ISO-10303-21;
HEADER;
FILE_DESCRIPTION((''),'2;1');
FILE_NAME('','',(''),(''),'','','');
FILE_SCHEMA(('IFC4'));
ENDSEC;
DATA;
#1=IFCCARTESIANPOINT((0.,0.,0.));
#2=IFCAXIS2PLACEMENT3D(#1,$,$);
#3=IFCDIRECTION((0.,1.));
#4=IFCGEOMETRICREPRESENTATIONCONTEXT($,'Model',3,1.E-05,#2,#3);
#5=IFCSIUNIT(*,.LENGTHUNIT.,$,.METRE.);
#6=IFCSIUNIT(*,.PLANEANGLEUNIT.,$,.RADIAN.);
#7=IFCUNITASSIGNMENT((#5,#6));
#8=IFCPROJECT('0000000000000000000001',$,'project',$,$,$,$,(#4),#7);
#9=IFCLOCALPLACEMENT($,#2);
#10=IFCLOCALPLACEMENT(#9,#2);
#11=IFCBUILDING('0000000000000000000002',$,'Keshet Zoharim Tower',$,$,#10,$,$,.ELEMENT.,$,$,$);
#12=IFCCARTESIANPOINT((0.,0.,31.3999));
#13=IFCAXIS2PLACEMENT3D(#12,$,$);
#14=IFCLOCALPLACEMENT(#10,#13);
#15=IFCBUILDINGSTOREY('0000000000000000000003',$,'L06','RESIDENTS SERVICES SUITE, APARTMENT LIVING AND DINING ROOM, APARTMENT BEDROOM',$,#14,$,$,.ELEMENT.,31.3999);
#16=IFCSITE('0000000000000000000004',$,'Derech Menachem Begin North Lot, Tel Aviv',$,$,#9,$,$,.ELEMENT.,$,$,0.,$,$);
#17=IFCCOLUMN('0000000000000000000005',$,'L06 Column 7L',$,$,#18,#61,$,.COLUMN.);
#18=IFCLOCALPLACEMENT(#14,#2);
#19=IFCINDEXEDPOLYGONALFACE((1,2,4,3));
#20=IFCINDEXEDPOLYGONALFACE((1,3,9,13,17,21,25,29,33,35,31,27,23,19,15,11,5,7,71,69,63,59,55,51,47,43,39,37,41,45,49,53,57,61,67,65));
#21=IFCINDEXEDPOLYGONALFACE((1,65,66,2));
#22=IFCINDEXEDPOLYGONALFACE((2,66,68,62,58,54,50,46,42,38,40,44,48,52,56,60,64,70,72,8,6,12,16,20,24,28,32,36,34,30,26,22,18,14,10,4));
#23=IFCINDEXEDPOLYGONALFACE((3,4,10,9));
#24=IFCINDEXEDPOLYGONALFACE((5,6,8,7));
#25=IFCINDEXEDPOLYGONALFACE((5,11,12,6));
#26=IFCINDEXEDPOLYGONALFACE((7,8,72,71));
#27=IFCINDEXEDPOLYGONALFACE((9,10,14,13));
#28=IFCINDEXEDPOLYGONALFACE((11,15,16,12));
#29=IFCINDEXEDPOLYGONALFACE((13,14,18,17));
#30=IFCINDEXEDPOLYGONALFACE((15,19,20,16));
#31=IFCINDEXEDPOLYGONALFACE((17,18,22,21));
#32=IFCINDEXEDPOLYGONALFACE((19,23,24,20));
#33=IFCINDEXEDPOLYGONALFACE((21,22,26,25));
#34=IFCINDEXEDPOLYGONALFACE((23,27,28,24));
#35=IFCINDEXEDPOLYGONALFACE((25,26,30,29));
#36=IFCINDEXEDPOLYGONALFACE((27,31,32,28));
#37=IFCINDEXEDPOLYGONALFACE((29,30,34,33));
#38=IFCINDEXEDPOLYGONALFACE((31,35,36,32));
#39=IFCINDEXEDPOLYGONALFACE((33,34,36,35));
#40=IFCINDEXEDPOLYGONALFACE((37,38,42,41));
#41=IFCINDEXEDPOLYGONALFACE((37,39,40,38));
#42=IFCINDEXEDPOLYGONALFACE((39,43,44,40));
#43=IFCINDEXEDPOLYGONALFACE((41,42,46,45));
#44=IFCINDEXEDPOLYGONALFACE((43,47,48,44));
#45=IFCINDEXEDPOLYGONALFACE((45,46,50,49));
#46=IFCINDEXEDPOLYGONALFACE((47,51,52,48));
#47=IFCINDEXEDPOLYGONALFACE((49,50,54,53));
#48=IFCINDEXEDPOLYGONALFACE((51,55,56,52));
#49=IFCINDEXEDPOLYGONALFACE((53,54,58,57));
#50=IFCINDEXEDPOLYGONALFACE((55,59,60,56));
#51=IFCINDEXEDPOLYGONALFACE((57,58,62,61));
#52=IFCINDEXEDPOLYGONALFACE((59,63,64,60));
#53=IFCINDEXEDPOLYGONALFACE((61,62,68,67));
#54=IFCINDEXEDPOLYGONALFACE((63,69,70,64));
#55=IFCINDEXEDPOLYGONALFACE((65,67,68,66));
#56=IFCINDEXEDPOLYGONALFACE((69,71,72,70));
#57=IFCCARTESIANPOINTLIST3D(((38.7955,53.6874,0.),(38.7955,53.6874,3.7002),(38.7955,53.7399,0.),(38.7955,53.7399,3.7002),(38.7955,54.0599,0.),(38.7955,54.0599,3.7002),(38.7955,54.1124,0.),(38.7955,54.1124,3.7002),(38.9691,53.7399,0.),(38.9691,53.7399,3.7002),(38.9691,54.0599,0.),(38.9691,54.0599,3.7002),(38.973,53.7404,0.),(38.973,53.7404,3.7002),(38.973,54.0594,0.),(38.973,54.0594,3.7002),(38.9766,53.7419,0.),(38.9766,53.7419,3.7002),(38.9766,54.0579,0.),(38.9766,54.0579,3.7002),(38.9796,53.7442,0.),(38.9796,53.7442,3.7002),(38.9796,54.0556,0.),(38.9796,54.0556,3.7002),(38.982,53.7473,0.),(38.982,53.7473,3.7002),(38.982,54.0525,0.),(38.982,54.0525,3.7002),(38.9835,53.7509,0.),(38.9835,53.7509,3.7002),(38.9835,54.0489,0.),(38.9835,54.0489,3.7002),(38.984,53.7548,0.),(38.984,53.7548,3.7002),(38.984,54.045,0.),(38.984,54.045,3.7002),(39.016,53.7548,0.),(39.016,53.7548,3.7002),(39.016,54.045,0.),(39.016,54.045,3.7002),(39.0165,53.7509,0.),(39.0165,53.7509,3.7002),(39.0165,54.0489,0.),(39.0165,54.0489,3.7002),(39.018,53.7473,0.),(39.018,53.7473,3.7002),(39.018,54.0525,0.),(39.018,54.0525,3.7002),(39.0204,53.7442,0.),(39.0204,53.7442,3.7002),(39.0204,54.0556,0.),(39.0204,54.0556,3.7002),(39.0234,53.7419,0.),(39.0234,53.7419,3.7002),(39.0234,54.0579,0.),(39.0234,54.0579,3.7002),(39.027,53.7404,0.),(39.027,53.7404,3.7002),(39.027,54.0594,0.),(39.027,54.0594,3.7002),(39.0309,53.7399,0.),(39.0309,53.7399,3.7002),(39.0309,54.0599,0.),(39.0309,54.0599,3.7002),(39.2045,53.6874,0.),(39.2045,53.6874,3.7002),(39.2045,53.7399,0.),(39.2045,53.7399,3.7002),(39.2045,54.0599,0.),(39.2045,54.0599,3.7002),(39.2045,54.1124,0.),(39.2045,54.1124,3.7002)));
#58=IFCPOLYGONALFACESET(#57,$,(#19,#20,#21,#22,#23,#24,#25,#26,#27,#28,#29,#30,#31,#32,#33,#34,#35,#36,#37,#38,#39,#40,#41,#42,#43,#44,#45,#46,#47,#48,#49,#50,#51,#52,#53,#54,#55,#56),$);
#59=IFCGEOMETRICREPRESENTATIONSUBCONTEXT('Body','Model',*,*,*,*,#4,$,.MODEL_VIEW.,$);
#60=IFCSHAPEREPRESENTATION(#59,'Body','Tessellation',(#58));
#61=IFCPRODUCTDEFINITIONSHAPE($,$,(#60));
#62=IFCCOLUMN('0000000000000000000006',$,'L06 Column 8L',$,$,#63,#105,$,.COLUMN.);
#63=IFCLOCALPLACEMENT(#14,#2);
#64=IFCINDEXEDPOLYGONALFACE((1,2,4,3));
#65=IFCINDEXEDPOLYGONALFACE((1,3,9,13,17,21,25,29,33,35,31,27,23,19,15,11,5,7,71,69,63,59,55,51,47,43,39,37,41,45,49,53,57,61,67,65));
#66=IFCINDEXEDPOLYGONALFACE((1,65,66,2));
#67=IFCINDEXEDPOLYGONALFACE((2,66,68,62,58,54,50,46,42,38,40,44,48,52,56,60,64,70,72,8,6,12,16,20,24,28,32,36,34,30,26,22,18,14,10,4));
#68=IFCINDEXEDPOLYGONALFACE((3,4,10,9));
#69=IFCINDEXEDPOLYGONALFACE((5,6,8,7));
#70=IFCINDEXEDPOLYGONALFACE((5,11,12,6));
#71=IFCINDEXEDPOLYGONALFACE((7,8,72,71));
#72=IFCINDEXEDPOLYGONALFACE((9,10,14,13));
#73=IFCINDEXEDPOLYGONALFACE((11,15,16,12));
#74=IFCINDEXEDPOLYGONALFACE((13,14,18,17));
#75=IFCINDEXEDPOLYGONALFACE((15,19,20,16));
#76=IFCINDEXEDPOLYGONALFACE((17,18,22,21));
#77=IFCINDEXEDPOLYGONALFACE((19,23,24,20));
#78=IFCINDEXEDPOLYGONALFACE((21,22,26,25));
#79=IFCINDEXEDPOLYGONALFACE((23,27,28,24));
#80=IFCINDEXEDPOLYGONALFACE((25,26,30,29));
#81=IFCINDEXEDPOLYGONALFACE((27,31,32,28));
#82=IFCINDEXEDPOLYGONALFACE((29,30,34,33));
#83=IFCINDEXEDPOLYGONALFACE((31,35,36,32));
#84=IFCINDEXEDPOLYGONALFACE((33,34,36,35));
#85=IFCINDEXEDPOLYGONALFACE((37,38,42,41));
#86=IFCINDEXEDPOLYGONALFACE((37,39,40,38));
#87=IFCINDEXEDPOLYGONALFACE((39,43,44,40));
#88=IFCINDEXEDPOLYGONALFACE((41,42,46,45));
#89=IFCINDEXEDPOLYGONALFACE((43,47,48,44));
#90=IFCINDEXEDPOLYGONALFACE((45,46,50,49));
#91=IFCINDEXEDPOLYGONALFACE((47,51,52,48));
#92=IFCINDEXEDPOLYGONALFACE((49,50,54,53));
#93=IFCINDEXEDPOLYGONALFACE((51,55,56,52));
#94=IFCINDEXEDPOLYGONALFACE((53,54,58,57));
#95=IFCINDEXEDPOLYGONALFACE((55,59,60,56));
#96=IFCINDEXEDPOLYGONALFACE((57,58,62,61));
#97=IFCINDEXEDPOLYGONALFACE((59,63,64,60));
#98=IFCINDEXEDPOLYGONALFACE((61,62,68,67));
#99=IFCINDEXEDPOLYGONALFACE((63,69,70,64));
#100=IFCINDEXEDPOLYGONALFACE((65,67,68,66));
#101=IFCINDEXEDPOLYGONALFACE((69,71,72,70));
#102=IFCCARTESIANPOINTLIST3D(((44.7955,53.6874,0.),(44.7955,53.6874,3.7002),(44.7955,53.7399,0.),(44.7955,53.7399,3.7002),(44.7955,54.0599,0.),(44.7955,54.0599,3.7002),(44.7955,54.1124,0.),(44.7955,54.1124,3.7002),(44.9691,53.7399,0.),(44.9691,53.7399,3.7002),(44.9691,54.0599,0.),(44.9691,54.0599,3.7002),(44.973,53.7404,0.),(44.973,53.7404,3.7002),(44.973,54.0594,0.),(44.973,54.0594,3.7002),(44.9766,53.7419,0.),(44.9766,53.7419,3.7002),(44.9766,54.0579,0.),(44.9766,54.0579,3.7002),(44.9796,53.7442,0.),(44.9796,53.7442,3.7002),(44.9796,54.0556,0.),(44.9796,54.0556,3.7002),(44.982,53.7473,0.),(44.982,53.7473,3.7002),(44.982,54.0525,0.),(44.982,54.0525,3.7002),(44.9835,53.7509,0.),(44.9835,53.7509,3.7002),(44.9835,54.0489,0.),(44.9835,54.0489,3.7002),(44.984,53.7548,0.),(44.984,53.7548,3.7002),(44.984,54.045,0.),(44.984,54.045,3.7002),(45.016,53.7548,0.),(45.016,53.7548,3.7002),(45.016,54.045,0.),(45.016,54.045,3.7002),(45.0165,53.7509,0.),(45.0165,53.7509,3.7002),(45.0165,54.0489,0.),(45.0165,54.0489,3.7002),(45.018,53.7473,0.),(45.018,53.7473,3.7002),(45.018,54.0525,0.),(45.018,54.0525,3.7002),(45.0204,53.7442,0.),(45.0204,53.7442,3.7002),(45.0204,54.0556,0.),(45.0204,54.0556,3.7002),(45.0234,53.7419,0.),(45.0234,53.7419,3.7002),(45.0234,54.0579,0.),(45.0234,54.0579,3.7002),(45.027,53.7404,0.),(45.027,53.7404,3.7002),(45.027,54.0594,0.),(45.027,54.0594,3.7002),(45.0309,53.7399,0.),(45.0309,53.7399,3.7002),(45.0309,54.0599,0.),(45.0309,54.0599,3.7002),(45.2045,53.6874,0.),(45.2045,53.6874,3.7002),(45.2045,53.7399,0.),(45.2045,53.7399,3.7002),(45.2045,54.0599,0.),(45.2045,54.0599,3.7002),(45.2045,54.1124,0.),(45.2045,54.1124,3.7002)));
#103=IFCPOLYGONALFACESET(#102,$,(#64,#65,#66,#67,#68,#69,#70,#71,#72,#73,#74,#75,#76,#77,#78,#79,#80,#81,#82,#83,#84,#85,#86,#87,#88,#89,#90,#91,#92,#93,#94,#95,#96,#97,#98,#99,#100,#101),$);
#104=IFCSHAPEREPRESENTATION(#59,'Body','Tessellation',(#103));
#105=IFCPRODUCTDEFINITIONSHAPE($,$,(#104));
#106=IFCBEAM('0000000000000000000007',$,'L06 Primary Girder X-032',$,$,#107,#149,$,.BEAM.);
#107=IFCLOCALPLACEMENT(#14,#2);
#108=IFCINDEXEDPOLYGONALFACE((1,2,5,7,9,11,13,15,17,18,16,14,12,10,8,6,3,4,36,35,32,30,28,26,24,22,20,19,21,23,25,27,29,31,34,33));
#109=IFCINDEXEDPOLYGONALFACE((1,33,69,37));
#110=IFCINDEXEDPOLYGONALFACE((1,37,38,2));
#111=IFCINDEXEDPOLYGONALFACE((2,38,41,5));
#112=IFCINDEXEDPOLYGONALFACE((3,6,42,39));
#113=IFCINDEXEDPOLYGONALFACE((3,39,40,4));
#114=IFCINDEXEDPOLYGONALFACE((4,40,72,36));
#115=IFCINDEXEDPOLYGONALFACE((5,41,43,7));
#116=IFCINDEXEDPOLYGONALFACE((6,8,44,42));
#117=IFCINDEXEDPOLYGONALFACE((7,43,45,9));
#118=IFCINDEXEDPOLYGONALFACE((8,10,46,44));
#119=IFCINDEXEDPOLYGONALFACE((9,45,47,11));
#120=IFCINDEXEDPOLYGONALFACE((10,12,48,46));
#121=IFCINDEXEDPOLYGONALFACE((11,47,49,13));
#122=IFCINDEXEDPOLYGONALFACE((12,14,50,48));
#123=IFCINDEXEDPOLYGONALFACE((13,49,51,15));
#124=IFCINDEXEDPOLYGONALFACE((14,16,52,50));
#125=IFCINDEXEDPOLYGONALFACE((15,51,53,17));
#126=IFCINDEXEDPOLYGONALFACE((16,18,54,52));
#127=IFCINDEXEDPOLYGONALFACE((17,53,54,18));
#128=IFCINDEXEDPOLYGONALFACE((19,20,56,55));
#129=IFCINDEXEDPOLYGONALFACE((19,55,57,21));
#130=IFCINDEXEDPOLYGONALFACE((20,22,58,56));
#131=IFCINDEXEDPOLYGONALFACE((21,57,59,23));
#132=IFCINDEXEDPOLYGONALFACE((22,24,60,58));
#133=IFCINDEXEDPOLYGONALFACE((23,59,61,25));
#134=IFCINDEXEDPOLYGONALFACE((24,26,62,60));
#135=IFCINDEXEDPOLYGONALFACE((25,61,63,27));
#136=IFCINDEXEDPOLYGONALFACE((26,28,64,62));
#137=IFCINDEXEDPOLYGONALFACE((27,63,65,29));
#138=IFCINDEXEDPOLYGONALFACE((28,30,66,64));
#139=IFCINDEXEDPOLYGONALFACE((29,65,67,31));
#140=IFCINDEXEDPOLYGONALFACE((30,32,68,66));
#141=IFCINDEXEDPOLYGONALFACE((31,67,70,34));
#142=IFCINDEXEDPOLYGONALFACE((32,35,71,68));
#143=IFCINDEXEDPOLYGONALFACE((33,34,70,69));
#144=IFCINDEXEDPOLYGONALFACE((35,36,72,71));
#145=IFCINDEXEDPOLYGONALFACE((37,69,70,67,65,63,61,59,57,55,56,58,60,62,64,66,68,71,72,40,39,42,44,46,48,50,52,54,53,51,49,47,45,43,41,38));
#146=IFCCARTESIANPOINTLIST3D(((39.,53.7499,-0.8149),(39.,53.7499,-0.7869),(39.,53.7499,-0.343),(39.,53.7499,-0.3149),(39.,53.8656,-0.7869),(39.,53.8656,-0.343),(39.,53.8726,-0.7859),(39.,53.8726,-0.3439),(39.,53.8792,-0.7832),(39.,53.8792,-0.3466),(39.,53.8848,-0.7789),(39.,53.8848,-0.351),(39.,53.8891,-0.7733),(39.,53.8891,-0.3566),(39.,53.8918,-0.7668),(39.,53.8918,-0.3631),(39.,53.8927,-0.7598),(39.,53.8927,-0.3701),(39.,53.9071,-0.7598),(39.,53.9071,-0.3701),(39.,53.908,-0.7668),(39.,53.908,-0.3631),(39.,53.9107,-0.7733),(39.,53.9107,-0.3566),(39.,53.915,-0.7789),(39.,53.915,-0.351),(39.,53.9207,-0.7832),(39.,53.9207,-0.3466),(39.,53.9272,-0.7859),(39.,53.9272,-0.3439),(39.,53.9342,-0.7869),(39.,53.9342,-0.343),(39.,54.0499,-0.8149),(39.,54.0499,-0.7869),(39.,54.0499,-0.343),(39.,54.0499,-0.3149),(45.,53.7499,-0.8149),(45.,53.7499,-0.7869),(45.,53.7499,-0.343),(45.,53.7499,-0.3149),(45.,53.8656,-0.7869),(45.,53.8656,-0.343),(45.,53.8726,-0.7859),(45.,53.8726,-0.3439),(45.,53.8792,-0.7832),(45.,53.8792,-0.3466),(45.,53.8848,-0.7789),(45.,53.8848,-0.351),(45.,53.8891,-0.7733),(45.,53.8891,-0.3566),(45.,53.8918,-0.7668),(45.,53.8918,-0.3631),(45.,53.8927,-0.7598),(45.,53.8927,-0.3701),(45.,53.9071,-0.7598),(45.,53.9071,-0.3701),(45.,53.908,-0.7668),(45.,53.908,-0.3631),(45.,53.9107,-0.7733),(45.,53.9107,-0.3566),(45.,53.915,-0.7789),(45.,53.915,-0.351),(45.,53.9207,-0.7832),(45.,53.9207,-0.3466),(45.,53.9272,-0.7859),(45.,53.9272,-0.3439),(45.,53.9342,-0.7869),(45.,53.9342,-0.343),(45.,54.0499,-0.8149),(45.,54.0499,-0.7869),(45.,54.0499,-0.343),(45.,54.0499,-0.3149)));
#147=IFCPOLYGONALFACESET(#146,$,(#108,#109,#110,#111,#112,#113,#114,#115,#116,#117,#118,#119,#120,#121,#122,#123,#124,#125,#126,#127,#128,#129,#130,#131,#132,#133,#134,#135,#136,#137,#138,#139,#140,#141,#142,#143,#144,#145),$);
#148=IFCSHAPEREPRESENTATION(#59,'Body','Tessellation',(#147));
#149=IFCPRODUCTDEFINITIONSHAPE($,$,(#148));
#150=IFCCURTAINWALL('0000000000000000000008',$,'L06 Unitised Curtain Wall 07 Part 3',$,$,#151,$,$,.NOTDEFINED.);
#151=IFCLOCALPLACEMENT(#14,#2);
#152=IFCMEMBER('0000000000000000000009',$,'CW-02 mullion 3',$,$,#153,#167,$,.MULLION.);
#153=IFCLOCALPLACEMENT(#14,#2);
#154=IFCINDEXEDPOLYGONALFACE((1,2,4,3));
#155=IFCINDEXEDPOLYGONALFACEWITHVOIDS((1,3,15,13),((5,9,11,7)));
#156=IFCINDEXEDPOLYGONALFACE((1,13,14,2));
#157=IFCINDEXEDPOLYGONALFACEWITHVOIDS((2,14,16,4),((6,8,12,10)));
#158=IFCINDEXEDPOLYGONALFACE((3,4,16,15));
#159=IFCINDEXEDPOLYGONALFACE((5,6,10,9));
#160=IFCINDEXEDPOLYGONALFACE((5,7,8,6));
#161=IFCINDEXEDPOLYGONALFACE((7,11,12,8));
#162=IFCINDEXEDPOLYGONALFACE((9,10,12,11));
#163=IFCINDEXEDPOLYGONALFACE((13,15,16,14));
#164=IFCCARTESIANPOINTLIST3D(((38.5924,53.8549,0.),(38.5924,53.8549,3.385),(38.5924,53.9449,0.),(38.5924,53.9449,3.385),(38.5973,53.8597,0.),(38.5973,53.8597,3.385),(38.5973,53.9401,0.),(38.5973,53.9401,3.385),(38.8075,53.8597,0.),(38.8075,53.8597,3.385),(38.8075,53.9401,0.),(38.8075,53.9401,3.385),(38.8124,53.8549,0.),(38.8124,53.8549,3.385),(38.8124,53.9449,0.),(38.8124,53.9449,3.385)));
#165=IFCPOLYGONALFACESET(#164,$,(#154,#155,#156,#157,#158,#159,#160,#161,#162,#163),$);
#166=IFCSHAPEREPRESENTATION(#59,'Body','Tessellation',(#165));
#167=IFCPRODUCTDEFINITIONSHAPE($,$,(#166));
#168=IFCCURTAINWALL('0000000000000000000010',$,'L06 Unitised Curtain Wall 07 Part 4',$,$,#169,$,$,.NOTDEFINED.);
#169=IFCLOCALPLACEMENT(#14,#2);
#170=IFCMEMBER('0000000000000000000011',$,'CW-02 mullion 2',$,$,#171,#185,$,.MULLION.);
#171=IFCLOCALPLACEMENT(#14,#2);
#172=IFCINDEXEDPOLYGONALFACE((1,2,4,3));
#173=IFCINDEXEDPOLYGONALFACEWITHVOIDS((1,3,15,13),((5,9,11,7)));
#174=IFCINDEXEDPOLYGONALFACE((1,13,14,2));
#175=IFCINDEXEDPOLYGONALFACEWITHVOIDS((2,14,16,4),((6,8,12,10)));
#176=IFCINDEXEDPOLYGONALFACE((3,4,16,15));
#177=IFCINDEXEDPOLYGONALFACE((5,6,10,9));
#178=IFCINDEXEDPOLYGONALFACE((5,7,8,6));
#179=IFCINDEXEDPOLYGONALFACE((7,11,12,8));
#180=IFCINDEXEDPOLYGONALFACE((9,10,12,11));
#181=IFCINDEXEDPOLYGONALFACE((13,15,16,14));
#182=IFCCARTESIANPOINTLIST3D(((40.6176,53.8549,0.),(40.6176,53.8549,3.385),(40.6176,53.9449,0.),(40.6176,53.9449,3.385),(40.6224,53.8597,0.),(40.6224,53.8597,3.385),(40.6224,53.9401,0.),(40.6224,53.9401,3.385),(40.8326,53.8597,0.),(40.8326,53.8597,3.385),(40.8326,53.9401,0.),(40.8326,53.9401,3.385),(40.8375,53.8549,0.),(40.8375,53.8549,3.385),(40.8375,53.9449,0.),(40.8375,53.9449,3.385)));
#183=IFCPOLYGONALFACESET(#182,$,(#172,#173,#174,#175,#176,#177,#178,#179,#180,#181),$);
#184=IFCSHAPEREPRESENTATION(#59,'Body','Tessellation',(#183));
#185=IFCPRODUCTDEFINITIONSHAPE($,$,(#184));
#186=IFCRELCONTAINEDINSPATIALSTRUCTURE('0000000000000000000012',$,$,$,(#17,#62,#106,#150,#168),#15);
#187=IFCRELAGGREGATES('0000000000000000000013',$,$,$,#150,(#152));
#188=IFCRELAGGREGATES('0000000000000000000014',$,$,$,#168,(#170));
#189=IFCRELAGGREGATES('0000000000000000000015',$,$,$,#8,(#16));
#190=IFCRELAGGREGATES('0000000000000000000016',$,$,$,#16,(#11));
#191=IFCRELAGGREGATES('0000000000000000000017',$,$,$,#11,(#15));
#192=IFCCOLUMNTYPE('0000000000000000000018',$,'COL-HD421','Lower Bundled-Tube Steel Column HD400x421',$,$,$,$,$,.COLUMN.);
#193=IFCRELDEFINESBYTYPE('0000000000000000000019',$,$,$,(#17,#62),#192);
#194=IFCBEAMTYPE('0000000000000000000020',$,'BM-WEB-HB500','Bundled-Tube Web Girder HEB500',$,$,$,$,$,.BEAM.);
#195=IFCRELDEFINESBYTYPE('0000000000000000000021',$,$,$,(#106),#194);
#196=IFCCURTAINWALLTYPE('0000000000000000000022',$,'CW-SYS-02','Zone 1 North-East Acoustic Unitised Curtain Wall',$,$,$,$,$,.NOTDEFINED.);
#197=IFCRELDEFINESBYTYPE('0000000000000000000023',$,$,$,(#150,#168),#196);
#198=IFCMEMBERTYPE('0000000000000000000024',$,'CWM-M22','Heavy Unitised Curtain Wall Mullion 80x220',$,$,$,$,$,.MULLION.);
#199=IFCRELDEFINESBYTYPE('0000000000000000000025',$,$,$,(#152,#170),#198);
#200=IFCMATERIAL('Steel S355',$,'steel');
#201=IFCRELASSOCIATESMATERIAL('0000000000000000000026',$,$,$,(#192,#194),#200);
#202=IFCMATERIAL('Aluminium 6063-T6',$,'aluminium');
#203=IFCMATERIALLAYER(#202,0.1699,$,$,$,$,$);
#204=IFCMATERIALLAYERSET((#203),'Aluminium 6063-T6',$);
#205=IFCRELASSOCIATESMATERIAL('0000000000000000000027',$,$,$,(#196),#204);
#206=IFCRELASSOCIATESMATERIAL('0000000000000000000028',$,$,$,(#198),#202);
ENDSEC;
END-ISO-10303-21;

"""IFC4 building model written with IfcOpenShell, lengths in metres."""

from ifc_helpers import new_model, si_unit, direction, frame, origin, origin_2d, place, context, subcontext, project, spatial, hollow_rectangle, i_section, extrude, material, layer, layer_set, material_profile, profile_set, type_object, element, aggregate, save


model = new_model("IFC4")

# Units and contexts
model_context = context("Model", 3, precision=1e-05, world=origin(), true_north=direction((0.0, 1.0)))
body_context = subcontext(model_context, "Body", "Model", "MODEL_VIEW")
ifc_project = project(units=[si_unit("LENGTHUNIT", "METRE"), si_unit("PLANEANGLEUNIT", "RADIAN")], contexts=[model_context])

# Site, building, storey
site_placement = place(None, origin())
site = spatial("IfcSite", under=ifc_project, at=site_placement, Name="Derech Menachem Begin North Lot, Tel Aviv", CompositionType="ELEMENT", RefElevation=0.0)
building_placement = place(site_placement, origin())
building = spatial("IfcBuilding", under=site, at=building_placement, Name="Keshet Zoharim Tower", CompositionType="ELEMENT")
storey_placement = place(building_placement, frame((0.0, 0.0, 31.3999)))
storey = spatial("IfcBuildingStorey", under=building, at=storey_placement, Name="L06", Description="RESIDENTS SERVICES SUITE, APARTMENT LIVING AND DINING ROOM, APARTMENT BEDROOM", CompositionType="ELEMENT", Elevation=31.3999)

# Columns
ifc_material_1 = material(Name="Steel S355", Category="steel")
ifc_material_profile_1 = material_profile(ifc_material_1, i_section(OverallWidth=0.4089, OverallDepth=0.425, WebThickness=0.032, FlangeThickness=0.0525, FilletRadius=0.0149, at=origin_2d()), Name="HD400x421")
ifc_profile_set_1 = profile_set([ifc_material_profile_1], Name="Steel S355")
column_type = type_object("IfcColumnType", Name="COL-HD421", Description="Lower Bundled-Tube Steel Column HD400x421", PredefinedType="COLUMN", material=ifc_profile_set_1)
for number, where, z_axis, x_axis, name in (
    (1, (39.0, 53.8999, 0.0), (0.0, 0.0, 1.0), (1.0, 0.0, 0.0), "L06 Column 7L"),
    (2, (45.0, 53.8999, 0.0), (0.0, 0.0, 1.0), (1.0, 0.0, 0.0), "L06 Column 8L"),
):
    element("IfcColumn", number, at=place(storey_placement, frame(where, z_axis=z_axis, x_axis=x_axis)), inside=storey, type_object=column_type, Name=name, PredefinedType="COLUMN", context=body_context, shape_type="SweptSolid", body=[
        extrude(i_section(OverallWidth=0.4089, OverallDepth=0.425, WebThickness=0.032, FlangeThickness=0.0525, FilletRadius=0.0149, at=origin_2d()), origin(), (0.0, 0.0, 1.0), 3.7002),
    ])

# Beam
ifc_material_profile_2 = material_profile(ifc_material_1, i_section(OverallWidth=0.3, OverallDepth=0.5, WebThickness=0.0144, FlangeThickness=0.0281, FilletRadius=0.0271, at=origin_2d()), Name="HEB500")
ifc_profile_set_2 = profile_set([ifc_material_profile_2], Name="Steel S355")
beam_type = type_object("IfcBeamType", Name="BM-WEB-HB500", Description="Bundled-Tube Web Girder HEB500", PredefinedType="BEAM", material=ifc_profile_set_2)
beam_placement = place(storey_placement, frame((39.0, 53.8999, -0.5649), z_axis=(1.0, 0.0, 0.0), x_axis=(0.0, 1.0, 0.0)))
element("IfcBeam", 3, at=beam_placement, inside=storey, type_object=beam_type, Name="L06 Primary Girder X-032", PredefinedType="BEAM", context=body_context, shape_type="SweptSolid", body=[
    extrude(i_section(OverallWidth=0.3, OverallDepth=0.5, WebThickness=0.0144, FlangeThickness=0.0281, FilletRadius=0.0271, at=origin_2d()), origin(), (0.0, 0.0, 1.0), 6.0),
])

# Curtain wall, member
ifc_material_2 = material(Name="Aluminium 6063-T6", Category="aluminium")
ifc_layer_1 = layer(ifc_material_2, 0.1699)
ifc_layer_set_1 = layer_set([ifc_layer_1], Name="Aluminium 6063-T6")
curtain_wall_type = type_object("IfcCurtainWallType", Name="CW-SYS-02", Description="Zone 1 North-East Acoustic Unitised Curtain Wall", PredefinedType="NOTDEFINED", material=ifc_layer_set_1)
curtain_wall_1_placement = place(storey_placement, origin())
curtain_wall_1 = element("IfcCurtainWall", 4, at=curtain_wall_1_placement, inside=storey, type_object=curtain_wall_type, Name="L06 Unitised Curtain Wall 07 Part 3", PredefinedType="NOTDEFINED")
ifc_material_profile_3 = material_profile(ifc_material_2, hollow_rectangle(XDim=0.0901, YDim=0.22, WallThickness=0.0049, at=origin_2d()), Name="MUL-90x220")
ifc_profile_set_3 = profile_set([ifc_material_profile_3], Name="Aluminium 6063-T6")
member_type_1 = type_object("IfcMemberType", Name="CWM-M22", Description="Heavy Unitised Curtain Wall Mullion 80x220", PredefinedType="MULLION", material=ifc_profile_set_3)
member_1_placement = place(storey_placement, frame((38.7024, 53.8999, 0.0), z_axis=(0.0, 0.0, 1.0), x_axis=(0.0, 1.0, 0.0)))
member_1 = element("IfcMember", 5, at=member_1_placement, type_object=member_type_1, Name="CW-02 mullion 3", PredefinedType="MULLION", context=body_context, shape_type="SweptSolid", body=[
    extrude(hollow_rectangle(XDim=0.0901, YDim=0.22, WallThickness=0.0049, at=origin_2d()), origin(), (0.0, 0.0, 1.0), 3.385),
])

# Curtain wall, member
curtain_wall_2_placement = place(storey_placement, origin())
curtain_wall_2 = element("IfcCurtainWall", 6, at=curtain_wall_2_placement, inside=storey, type_object=curtain_wall_type, Name="L06 Unitised Curtain Wall 07 Part 4", PredefinedType="NOTDEFINED")
member_2_placement = place(storey_placement, frame((40.7275, 53.8999, 0.0), z_axis=(0.0, 0.0, 1.0), x_axis=(0.0, 1.0, 0.0)))
member_2 = element("IfcMember", 7, at=member_2_placement, type_object=member_type_1, Name="CW-02 mullion 2", PredefinedType="MULLION", context=body_context, shape_type="SweptSolid", body=[
    extrude(hollow_rectangle(XDim=0.0901, YDim=0.22, WallThickness=0.0049, at=origin_2d()), origin(), (0.0, 0.0, 1.0), 3.385),
])

aggregate(curtain_wall_1, [member_1])
aggregate(curtain_wall_2, [member_2])

save(model, "model.ifc")
